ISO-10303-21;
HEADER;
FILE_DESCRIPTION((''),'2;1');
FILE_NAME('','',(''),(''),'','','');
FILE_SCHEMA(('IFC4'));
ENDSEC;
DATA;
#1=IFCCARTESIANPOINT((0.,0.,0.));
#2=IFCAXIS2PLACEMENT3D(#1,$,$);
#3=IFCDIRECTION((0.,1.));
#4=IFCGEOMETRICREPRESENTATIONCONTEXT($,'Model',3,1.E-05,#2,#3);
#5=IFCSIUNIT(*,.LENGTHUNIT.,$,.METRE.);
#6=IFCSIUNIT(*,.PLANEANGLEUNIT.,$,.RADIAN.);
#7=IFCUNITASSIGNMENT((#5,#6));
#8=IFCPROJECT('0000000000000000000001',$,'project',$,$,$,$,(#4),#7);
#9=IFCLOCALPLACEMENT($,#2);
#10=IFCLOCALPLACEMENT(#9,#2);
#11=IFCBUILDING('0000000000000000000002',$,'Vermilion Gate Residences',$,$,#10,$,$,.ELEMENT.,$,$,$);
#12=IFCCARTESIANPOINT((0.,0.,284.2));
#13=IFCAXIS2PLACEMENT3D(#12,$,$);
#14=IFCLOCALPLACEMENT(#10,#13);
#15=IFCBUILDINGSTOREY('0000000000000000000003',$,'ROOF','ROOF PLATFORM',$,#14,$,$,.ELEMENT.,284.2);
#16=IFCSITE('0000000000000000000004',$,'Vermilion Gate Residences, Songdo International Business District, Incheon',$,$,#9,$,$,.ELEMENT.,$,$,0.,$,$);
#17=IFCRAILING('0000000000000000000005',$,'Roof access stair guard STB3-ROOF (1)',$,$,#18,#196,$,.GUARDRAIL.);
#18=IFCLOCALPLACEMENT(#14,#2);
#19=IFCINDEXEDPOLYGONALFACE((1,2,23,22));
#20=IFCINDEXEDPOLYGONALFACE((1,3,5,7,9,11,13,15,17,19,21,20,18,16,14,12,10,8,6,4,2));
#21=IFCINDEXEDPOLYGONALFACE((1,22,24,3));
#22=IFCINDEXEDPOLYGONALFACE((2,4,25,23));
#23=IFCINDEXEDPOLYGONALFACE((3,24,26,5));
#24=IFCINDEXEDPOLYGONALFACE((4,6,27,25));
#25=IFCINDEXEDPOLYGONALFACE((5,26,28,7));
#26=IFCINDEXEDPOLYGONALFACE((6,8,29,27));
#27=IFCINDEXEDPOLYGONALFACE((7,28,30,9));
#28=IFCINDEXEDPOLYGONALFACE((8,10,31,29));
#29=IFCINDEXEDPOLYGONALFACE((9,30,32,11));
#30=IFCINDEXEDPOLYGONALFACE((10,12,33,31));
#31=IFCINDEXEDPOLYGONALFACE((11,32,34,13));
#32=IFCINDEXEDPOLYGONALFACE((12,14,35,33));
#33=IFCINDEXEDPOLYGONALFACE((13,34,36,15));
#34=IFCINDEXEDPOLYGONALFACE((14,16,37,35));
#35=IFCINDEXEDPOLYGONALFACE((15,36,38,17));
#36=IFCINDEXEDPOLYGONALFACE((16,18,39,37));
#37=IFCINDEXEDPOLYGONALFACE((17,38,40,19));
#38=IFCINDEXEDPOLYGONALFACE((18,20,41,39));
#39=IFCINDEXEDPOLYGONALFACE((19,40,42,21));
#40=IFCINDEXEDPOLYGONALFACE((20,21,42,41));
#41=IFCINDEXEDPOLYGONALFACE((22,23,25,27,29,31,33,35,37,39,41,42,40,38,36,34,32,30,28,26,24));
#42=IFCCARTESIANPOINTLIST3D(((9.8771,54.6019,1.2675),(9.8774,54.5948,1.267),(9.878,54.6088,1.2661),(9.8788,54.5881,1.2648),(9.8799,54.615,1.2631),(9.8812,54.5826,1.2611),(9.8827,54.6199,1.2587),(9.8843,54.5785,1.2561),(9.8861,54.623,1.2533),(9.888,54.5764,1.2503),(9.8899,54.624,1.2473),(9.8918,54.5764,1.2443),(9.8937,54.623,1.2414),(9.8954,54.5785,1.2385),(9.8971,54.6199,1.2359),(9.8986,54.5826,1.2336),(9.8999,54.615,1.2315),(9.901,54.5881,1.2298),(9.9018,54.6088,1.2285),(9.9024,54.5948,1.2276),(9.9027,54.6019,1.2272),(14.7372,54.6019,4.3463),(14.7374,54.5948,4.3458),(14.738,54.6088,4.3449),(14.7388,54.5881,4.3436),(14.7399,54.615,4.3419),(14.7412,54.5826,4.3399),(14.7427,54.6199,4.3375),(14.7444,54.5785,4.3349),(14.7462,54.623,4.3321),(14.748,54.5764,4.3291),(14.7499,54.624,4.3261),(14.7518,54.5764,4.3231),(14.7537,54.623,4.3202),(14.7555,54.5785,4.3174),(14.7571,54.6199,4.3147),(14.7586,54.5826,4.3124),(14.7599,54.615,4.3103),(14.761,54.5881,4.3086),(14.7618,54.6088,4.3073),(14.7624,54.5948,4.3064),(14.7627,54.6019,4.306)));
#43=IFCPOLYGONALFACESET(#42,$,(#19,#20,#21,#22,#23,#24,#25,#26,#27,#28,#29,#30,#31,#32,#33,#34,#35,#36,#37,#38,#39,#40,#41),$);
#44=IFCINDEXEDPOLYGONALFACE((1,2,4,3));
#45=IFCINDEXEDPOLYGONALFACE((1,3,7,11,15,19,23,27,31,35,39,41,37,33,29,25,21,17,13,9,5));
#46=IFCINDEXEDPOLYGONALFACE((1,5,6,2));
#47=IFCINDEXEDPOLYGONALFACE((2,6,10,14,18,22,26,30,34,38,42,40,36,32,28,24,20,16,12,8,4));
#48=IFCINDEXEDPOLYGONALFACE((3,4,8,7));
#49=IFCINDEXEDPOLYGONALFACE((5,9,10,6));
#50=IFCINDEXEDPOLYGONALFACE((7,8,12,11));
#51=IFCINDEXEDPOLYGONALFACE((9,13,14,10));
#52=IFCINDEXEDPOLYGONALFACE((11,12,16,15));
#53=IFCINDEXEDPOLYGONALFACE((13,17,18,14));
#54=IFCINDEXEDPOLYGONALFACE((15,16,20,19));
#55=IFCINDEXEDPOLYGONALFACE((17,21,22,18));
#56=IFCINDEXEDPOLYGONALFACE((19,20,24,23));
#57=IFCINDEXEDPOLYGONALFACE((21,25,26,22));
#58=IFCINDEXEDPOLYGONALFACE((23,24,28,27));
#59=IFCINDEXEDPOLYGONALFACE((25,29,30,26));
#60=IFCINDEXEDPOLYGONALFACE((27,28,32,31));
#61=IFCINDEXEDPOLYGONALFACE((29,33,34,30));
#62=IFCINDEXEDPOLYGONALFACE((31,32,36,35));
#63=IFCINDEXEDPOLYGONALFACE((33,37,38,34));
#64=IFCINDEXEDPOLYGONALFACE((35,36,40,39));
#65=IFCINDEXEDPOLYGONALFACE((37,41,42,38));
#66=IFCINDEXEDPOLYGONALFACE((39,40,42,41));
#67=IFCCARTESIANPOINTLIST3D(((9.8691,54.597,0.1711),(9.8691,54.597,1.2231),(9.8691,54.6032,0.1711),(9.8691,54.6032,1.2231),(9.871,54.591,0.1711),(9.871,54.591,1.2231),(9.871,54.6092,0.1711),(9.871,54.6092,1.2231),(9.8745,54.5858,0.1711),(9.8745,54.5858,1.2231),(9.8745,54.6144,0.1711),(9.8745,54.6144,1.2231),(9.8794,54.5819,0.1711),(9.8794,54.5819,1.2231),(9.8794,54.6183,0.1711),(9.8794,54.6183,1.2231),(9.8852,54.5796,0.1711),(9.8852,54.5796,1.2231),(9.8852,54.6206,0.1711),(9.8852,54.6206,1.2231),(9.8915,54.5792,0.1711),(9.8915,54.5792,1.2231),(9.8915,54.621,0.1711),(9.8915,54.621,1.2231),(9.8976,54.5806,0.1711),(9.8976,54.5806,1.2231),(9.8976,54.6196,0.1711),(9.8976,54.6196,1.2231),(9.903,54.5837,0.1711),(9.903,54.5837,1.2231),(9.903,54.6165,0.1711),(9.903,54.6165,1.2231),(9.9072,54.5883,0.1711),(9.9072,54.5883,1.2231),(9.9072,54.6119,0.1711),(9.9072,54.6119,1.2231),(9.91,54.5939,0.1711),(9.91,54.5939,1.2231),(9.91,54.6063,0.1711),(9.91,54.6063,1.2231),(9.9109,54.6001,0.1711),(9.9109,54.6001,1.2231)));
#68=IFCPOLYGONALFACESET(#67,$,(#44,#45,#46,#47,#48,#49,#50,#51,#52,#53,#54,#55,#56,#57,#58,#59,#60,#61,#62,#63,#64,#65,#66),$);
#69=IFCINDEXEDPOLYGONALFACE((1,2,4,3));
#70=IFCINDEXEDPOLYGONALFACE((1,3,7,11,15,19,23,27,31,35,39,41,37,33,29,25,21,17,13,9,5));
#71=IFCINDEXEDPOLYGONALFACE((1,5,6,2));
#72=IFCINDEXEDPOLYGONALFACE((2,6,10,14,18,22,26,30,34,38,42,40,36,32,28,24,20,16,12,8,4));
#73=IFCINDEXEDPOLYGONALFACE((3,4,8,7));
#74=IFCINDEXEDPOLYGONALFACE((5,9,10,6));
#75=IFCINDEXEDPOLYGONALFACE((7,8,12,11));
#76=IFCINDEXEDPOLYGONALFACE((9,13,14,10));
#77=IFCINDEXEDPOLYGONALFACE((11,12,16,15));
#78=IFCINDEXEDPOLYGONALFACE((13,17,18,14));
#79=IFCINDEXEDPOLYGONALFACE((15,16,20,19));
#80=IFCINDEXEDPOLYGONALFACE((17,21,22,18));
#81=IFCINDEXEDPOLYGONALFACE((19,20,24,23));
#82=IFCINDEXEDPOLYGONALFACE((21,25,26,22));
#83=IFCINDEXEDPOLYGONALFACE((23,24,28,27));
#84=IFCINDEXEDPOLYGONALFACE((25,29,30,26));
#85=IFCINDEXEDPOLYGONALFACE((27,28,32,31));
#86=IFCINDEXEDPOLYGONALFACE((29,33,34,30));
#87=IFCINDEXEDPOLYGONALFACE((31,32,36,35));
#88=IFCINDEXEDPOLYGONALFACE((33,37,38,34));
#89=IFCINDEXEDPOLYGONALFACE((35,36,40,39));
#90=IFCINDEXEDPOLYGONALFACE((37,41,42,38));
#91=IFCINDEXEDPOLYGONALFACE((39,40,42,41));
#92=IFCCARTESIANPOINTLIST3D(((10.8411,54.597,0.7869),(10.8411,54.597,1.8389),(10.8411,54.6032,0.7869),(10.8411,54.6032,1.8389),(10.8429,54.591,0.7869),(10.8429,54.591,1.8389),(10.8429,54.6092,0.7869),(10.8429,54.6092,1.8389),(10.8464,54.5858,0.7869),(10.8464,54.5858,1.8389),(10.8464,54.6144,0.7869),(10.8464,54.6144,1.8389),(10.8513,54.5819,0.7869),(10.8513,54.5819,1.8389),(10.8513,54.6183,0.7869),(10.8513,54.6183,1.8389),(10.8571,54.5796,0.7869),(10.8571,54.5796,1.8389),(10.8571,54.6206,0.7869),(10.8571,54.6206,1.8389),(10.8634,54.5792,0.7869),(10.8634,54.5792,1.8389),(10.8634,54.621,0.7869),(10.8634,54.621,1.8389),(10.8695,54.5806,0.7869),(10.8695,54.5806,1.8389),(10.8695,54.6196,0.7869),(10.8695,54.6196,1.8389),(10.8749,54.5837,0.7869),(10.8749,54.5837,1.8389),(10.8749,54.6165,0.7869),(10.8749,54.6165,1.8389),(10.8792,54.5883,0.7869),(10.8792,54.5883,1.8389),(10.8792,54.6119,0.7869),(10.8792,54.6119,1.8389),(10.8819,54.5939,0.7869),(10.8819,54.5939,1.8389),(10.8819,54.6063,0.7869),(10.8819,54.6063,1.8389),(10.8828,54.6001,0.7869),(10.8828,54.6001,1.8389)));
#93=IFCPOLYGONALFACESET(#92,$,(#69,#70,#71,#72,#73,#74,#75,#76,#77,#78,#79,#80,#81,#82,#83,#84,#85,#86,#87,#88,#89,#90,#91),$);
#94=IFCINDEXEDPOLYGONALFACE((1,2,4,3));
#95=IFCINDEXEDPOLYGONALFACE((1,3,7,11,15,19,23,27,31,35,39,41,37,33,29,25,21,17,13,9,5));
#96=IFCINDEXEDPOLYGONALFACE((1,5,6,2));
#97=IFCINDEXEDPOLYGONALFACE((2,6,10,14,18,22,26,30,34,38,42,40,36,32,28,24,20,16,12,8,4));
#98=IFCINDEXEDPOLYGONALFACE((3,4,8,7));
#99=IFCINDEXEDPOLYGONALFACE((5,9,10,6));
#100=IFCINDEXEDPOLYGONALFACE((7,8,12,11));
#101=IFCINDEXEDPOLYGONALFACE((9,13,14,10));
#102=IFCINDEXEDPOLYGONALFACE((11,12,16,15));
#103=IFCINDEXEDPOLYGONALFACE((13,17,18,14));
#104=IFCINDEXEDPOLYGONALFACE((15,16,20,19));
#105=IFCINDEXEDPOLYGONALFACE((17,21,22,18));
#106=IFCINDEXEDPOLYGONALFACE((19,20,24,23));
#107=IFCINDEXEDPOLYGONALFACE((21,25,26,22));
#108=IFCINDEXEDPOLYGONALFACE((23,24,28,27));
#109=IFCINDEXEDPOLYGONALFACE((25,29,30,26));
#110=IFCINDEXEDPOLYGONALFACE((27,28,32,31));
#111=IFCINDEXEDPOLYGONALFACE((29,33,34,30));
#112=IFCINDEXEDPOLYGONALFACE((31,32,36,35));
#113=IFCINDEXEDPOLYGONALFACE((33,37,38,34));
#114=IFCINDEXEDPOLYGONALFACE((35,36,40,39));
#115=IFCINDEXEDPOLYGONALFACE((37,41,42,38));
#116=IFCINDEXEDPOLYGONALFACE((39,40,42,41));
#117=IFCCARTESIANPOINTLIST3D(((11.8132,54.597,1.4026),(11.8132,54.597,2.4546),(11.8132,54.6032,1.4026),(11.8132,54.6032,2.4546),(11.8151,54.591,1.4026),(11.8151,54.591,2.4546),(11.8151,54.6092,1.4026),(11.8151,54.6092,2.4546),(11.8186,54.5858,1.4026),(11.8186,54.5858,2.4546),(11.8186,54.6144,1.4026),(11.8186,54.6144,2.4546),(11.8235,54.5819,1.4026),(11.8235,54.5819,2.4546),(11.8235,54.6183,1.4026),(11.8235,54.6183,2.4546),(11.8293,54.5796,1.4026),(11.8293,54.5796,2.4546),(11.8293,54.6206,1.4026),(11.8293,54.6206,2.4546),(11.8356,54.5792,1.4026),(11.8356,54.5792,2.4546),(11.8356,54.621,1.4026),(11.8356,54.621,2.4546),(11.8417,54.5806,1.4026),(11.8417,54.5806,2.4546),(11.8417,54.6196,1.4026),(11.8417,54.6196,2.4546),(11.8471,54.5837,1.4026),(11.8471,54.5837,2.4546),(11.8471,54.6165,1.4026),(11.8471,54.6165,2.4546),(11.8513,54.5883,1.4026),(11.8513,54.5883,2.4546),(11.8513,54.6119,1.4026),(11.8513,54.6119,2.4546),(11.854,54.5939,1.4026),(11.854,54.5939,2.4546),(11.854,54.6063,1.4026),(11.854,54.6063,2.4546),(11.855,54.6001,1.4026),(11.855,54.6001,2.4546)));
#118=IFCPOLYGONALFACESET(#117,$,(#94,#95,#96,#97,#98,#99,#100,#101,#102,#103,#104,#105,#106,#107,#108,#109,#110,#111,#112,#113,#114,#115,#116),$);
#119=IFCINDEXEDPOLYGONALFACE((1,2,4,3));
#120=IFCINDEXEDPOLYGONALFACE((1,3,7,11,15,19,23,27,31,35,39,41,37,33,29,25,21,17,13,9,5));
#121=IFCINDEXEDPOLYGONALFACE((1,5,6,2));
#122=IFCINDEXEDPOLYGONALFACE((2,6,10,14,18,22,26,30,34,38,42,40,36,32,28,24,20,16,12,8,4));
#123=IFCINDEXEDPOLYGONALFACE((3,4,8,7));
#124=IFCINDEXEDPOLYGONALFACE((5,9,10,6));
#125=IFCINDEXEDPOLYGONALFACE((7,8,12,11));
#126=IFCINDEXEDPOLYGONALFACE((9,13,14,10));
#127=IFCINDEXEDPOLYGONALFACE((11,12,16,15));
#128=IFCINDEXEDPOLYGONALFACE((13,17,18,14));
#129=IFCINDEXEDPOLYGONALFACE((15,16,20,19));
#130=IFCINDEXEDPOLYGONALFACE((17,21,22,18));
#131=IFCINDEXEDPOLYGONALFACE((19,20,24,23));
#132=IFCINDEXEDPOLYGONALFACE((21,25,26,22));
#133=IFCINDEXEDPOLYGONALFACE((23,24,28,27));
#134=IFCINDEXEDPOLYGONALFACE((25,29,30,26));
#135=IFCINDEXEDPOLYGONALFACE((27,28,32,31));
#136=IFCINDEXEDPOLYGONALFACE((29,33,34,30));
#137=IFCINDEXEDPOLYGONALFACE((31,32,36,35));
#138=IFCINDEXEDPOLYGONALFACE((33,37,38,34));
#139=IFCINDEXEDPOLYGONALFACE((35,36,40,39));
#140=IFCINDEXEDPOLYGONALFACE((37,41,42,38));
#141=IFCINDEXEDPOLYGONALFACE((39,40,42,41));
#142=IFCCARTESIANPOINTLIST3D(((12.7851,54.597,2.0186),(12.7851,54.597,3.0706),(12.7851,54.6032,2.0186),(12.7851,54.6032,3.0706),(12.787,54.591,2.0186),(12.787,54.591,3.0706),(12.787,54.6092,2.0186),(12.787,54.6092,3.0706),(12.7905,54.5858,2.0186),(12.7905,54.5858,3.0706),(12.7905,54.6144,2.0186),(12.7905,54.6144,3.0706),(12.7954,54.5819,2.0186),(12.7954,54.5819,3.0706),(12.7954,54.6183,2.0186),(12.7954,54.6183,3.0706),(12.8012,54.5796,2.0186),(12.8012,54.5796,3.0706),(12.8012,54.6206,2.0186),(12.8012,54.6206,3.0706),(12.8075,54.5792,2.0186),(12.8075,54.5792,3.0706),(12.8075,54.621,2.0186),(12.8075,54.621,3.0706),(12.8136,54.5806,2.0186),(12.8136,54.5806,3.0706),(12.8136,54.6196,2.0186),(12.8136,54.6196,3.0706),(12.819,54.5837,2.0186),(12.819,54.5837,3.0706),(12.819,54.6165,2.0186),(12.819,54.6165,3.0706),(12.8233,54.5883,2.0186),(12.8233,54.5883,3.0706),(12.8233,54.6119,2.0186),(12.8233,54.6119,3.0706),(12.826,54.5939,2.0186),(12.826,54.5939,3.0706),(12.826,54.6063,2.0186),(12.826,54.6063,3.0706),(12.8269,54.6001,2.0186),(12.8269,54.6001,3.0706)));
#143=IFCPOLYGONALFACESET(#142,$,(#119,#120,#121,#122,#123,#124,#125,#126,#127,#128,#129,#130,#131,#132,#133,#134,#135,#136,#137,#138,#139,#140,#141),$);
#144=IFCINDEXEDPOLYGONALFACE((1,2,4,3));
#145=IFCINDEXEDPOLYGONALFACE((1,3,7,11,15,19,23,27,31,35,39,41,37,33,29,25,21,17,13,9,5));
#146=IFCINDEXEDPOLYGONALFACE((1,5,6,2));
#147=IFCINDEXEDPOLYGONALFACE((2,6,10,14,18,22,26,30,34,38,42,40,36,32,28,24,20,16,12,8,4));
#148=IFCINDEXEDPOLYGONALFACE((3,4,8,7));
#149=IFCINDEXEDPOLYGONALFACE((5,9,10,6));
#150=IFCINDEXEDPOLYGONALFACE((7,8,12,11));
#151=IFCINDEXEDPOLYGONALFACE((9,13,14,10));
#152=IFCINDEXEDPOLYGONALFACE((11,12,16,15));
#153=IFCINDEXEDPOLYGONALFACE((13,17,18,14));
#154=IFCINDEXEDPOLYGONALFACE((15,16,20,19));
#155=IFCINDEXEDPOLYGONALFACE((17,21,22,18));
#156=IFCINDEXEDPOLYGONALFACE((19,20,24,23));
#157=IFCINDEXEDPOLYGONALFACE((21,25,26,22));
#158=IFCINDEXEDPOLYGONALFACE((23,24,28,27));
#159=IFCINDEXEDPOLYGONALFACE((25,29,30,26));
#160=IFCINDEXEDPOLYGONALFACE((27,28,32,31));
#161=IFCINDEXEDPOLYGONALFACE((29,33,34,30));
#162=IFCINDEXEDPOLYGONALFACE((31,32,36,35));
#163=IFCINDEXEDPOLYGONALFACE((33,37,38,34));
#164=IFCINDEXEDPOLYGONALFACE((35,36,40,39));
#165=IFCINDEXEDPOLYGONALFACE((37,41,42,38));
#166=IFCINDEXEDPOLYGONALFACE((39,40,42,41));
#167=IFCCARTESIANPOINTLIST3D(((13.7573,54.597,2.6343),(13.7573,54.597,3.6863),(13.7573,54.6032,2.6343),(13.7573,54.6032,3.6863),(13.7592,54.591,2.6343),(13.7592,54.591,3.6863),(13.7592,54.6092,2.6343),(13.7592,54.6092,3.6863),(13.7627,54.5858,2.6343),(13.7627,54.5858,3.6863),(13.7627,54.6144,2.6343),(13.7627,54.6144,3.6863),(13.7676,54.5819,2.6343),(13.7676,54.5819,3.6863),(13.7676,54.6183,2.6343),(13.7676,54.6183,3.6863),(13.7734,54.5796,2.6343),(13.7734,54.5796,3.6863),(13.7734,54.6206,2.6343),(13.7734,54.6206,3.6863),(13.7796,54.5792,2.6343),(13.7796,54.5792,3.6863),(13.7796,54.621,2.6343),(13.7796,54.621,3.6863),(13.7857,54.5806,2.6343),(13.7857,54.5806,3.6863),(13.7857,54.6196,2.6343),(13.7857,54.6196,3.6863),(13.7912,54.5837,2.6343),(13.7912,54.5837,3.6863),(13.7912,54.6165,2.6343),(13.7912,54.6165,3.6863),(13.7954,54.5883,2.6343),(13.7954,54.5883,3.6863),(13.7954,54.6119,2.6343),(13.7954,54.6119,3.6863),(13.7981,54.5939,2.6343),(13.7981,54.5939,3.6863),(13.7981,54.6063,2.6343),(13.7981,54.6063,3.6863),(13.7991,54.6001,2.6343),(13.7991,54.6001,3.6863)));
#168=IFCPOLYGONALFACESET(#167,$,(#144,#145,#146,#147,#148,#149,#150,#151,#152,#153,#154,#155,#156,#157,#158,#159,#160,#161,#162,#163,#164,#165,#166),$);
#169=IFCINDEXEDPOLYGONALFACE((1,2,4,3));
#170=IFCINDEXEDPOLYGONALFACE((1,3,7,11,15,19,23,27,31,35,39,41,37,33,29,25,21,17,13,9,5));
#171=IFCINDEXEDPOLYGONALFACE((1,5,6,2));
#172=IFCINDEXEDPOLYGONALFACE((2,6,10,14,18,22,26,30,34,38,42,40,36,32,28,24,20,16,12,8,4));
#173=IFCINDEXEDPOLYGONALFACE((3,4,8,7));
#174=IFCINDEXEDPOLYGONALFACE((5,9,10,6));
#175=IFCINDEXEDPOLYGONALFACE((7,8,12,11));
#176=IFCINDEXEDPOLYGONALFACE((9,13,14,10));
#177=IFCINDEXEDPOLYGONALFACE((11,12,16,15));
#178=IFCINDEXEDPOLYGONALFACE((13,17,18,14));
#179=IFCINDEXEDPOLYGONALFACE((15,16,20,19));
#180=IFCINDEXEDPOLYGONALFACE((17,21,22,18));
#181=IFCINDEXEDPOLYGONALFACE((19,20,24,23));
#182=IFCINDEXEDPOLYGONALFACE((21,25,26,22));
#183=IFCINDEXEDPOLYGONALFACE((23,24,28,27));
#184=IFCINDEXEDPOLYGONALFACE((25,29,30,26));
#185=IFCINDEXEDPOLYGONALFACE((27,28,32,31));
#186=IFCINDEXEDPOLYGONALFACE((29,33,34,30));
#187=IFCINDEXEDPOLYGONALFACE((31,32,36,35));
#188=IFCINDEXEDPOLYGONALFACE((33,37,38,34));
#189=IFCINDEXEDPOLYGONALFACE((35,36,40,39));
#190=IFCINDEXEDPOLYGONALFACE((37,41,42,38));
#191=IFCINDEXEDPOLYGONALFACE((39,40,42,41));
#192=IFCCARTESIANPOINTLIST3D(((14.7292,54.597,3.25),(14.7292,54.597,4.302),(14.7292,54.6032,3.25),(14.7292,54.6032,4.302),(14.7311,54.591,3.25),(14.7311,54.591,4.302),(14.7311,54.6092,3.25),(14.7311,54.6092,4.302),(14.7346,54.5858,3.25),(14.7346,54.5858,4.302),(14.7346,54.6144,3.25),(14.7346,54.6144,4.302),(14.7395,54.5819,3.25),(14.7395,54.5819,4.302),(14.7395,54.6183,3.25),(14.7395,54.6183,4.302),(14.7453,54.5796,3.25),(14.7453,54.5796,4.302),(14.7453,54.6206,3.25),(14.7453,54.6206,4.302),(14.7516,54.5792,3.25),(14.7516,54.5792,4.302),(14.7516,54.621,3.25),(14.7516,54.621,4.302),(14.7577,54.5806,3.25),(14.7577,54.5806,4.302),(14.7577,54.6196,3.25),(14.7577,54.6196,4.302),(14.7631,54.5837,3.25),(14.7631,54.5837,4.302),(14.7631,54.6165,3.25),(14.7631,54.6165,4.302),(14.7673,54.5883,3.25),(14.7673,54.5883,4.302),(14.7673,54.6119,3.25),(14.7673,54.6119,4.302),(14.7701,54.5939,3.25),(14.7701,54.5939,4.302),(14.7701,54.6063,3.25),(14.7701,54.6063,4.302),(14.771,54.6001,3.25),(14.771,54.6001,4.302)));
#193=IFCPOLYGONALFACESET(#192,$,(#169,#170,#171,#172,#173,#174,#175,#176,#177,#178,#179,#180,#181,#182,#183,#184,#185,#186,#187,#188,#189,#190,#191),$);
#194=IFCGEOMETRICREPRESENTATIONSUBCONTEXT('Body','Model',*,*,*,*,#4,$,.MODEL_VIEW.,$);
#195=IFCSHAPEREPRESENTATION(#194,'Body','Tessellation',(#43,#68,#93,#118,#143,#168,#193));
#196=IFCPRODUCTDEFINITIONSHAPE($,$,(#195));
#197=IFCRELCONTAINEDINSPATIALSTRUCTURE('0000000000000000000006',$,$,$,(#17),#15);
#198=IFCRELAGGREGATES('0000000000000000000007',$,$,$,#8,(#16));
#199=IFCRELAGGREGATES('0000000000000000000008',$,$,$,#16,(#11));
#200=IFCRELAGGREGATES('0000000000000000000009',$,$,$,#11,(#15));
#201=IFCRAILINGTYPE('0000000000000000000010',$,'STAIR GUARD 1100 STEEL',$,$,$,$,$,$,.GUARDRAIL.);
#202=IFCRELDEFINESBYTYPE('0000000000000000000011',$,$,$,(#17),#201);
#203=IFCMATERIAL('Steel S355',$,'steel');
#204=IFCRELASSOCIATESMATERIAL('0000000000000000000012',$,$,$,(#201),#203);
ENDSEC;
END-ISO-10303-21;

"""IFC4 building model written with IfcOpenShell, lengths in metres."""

from ifc_helpers import new_model, si_unit, direction, frame, origin, origin_2d, place, context, subcontext, project, spatial, circle, extrude, material, type_object, element, save


model = new_model("IFC4")

# Units and contexts
model_context = context("Model", 3, precision=1e-05, world=origin(), true_north=direction((0.0, 1.0)))
body_context = subcontext(model_context, "Body", "Model", "MODEL_VIEW")
ifc_project = project(units=[si_unit("LENGTHUNIT", "METRE"), si_unit("PLANEANGLEUNIT", "RADIAN")], contexts=[model_context])

# Site, building, storey
site_placement = place(None, origin())
site = spatial("IfcSite", under=ifc_project, at=site_placement, Name="Vermilion Gate Residences, Songdo International Business District, Incheon", CompositionType="ELEMENT", RefElevation=0.0)
building_placement = place(site_placement, origin())
building = spatial("IfcBuilding", under=site, at=building_placement, Name="Vermilion Gate Residences", CompositionType="ELEMENT")
storey_placement = place(building_placement, frame((0.0, 0.0, 284.2)))
storey = spatial("IfcBuildingStorey", under=building, at=storey_placement, Name="ROOF", Description="ROOF PLATFORM", CompositionType="ELEMENT", Elevation=284.2)

# Railing
ifc_material_1 = material(Name="Steel S355", Category="steel")
railing_type = type_object("IfcRailingType", Name="STAIR GUARD 1100 STEEL", PredefinedType="GUARDRAIL", material=ifc_material_1)
for number, where, name in (
    (1, (9.8899, 54.6001, 0.1711), "Roof access stair guard STB3-ROOF (1)"),
):
    element("IfcRailing", number, at=place(storey_placement, frame(where)), inside=storey, type_object=railing_type, Name=name, PredefinedType="GUARDRAIL", context=body_context, shape_type="SweptSolid", body=[
        extrude(circle(Radius=0.0239, at=origin_2d()), frame((0.0, 0.0, 1.0762), z_axis=(0.844757, 0.0, 0.53515), x_axis=(0.0, 1.0, 0.0)), (0.0, 0.0, 1.0), 5.7532),
        extrude(circle(Radius=0.021, at=origin_2d()), origin(), (0.0, 0.0, 1.0), 1.052),
        extrude(circle(Radius=0.021, at=origin_2d()), frame((0.9719, 0.0, 0.6157)), (0.0, 0.0, 1.0), 1.052),
        extrude(circle(Radius=0.021, at=origin_2d()), frame((1.9441, 0.0, 1.2314)), (0.0, 0.0, 1.0), 1.052),
        extrude(circle(Radius=0.021, at=origin_2d()), frame((2.916, 0.0, 1.8474)), (0.0, 0.0, 1.0), 1.052),
        extrude(circle(Radius=0.021, at=origin_2d()), frame((3.8882, 0.0, 2.4631)), (0.0, 0.0, 1.0), 1.052),
        extrude(circle(Radius=0.021, at=origin_2d()), frame((4.8601, 0.0, 3.0789)), (0.0, 0.0, 1.0), 1.052),
    ])

save(model, "model.ifc")
